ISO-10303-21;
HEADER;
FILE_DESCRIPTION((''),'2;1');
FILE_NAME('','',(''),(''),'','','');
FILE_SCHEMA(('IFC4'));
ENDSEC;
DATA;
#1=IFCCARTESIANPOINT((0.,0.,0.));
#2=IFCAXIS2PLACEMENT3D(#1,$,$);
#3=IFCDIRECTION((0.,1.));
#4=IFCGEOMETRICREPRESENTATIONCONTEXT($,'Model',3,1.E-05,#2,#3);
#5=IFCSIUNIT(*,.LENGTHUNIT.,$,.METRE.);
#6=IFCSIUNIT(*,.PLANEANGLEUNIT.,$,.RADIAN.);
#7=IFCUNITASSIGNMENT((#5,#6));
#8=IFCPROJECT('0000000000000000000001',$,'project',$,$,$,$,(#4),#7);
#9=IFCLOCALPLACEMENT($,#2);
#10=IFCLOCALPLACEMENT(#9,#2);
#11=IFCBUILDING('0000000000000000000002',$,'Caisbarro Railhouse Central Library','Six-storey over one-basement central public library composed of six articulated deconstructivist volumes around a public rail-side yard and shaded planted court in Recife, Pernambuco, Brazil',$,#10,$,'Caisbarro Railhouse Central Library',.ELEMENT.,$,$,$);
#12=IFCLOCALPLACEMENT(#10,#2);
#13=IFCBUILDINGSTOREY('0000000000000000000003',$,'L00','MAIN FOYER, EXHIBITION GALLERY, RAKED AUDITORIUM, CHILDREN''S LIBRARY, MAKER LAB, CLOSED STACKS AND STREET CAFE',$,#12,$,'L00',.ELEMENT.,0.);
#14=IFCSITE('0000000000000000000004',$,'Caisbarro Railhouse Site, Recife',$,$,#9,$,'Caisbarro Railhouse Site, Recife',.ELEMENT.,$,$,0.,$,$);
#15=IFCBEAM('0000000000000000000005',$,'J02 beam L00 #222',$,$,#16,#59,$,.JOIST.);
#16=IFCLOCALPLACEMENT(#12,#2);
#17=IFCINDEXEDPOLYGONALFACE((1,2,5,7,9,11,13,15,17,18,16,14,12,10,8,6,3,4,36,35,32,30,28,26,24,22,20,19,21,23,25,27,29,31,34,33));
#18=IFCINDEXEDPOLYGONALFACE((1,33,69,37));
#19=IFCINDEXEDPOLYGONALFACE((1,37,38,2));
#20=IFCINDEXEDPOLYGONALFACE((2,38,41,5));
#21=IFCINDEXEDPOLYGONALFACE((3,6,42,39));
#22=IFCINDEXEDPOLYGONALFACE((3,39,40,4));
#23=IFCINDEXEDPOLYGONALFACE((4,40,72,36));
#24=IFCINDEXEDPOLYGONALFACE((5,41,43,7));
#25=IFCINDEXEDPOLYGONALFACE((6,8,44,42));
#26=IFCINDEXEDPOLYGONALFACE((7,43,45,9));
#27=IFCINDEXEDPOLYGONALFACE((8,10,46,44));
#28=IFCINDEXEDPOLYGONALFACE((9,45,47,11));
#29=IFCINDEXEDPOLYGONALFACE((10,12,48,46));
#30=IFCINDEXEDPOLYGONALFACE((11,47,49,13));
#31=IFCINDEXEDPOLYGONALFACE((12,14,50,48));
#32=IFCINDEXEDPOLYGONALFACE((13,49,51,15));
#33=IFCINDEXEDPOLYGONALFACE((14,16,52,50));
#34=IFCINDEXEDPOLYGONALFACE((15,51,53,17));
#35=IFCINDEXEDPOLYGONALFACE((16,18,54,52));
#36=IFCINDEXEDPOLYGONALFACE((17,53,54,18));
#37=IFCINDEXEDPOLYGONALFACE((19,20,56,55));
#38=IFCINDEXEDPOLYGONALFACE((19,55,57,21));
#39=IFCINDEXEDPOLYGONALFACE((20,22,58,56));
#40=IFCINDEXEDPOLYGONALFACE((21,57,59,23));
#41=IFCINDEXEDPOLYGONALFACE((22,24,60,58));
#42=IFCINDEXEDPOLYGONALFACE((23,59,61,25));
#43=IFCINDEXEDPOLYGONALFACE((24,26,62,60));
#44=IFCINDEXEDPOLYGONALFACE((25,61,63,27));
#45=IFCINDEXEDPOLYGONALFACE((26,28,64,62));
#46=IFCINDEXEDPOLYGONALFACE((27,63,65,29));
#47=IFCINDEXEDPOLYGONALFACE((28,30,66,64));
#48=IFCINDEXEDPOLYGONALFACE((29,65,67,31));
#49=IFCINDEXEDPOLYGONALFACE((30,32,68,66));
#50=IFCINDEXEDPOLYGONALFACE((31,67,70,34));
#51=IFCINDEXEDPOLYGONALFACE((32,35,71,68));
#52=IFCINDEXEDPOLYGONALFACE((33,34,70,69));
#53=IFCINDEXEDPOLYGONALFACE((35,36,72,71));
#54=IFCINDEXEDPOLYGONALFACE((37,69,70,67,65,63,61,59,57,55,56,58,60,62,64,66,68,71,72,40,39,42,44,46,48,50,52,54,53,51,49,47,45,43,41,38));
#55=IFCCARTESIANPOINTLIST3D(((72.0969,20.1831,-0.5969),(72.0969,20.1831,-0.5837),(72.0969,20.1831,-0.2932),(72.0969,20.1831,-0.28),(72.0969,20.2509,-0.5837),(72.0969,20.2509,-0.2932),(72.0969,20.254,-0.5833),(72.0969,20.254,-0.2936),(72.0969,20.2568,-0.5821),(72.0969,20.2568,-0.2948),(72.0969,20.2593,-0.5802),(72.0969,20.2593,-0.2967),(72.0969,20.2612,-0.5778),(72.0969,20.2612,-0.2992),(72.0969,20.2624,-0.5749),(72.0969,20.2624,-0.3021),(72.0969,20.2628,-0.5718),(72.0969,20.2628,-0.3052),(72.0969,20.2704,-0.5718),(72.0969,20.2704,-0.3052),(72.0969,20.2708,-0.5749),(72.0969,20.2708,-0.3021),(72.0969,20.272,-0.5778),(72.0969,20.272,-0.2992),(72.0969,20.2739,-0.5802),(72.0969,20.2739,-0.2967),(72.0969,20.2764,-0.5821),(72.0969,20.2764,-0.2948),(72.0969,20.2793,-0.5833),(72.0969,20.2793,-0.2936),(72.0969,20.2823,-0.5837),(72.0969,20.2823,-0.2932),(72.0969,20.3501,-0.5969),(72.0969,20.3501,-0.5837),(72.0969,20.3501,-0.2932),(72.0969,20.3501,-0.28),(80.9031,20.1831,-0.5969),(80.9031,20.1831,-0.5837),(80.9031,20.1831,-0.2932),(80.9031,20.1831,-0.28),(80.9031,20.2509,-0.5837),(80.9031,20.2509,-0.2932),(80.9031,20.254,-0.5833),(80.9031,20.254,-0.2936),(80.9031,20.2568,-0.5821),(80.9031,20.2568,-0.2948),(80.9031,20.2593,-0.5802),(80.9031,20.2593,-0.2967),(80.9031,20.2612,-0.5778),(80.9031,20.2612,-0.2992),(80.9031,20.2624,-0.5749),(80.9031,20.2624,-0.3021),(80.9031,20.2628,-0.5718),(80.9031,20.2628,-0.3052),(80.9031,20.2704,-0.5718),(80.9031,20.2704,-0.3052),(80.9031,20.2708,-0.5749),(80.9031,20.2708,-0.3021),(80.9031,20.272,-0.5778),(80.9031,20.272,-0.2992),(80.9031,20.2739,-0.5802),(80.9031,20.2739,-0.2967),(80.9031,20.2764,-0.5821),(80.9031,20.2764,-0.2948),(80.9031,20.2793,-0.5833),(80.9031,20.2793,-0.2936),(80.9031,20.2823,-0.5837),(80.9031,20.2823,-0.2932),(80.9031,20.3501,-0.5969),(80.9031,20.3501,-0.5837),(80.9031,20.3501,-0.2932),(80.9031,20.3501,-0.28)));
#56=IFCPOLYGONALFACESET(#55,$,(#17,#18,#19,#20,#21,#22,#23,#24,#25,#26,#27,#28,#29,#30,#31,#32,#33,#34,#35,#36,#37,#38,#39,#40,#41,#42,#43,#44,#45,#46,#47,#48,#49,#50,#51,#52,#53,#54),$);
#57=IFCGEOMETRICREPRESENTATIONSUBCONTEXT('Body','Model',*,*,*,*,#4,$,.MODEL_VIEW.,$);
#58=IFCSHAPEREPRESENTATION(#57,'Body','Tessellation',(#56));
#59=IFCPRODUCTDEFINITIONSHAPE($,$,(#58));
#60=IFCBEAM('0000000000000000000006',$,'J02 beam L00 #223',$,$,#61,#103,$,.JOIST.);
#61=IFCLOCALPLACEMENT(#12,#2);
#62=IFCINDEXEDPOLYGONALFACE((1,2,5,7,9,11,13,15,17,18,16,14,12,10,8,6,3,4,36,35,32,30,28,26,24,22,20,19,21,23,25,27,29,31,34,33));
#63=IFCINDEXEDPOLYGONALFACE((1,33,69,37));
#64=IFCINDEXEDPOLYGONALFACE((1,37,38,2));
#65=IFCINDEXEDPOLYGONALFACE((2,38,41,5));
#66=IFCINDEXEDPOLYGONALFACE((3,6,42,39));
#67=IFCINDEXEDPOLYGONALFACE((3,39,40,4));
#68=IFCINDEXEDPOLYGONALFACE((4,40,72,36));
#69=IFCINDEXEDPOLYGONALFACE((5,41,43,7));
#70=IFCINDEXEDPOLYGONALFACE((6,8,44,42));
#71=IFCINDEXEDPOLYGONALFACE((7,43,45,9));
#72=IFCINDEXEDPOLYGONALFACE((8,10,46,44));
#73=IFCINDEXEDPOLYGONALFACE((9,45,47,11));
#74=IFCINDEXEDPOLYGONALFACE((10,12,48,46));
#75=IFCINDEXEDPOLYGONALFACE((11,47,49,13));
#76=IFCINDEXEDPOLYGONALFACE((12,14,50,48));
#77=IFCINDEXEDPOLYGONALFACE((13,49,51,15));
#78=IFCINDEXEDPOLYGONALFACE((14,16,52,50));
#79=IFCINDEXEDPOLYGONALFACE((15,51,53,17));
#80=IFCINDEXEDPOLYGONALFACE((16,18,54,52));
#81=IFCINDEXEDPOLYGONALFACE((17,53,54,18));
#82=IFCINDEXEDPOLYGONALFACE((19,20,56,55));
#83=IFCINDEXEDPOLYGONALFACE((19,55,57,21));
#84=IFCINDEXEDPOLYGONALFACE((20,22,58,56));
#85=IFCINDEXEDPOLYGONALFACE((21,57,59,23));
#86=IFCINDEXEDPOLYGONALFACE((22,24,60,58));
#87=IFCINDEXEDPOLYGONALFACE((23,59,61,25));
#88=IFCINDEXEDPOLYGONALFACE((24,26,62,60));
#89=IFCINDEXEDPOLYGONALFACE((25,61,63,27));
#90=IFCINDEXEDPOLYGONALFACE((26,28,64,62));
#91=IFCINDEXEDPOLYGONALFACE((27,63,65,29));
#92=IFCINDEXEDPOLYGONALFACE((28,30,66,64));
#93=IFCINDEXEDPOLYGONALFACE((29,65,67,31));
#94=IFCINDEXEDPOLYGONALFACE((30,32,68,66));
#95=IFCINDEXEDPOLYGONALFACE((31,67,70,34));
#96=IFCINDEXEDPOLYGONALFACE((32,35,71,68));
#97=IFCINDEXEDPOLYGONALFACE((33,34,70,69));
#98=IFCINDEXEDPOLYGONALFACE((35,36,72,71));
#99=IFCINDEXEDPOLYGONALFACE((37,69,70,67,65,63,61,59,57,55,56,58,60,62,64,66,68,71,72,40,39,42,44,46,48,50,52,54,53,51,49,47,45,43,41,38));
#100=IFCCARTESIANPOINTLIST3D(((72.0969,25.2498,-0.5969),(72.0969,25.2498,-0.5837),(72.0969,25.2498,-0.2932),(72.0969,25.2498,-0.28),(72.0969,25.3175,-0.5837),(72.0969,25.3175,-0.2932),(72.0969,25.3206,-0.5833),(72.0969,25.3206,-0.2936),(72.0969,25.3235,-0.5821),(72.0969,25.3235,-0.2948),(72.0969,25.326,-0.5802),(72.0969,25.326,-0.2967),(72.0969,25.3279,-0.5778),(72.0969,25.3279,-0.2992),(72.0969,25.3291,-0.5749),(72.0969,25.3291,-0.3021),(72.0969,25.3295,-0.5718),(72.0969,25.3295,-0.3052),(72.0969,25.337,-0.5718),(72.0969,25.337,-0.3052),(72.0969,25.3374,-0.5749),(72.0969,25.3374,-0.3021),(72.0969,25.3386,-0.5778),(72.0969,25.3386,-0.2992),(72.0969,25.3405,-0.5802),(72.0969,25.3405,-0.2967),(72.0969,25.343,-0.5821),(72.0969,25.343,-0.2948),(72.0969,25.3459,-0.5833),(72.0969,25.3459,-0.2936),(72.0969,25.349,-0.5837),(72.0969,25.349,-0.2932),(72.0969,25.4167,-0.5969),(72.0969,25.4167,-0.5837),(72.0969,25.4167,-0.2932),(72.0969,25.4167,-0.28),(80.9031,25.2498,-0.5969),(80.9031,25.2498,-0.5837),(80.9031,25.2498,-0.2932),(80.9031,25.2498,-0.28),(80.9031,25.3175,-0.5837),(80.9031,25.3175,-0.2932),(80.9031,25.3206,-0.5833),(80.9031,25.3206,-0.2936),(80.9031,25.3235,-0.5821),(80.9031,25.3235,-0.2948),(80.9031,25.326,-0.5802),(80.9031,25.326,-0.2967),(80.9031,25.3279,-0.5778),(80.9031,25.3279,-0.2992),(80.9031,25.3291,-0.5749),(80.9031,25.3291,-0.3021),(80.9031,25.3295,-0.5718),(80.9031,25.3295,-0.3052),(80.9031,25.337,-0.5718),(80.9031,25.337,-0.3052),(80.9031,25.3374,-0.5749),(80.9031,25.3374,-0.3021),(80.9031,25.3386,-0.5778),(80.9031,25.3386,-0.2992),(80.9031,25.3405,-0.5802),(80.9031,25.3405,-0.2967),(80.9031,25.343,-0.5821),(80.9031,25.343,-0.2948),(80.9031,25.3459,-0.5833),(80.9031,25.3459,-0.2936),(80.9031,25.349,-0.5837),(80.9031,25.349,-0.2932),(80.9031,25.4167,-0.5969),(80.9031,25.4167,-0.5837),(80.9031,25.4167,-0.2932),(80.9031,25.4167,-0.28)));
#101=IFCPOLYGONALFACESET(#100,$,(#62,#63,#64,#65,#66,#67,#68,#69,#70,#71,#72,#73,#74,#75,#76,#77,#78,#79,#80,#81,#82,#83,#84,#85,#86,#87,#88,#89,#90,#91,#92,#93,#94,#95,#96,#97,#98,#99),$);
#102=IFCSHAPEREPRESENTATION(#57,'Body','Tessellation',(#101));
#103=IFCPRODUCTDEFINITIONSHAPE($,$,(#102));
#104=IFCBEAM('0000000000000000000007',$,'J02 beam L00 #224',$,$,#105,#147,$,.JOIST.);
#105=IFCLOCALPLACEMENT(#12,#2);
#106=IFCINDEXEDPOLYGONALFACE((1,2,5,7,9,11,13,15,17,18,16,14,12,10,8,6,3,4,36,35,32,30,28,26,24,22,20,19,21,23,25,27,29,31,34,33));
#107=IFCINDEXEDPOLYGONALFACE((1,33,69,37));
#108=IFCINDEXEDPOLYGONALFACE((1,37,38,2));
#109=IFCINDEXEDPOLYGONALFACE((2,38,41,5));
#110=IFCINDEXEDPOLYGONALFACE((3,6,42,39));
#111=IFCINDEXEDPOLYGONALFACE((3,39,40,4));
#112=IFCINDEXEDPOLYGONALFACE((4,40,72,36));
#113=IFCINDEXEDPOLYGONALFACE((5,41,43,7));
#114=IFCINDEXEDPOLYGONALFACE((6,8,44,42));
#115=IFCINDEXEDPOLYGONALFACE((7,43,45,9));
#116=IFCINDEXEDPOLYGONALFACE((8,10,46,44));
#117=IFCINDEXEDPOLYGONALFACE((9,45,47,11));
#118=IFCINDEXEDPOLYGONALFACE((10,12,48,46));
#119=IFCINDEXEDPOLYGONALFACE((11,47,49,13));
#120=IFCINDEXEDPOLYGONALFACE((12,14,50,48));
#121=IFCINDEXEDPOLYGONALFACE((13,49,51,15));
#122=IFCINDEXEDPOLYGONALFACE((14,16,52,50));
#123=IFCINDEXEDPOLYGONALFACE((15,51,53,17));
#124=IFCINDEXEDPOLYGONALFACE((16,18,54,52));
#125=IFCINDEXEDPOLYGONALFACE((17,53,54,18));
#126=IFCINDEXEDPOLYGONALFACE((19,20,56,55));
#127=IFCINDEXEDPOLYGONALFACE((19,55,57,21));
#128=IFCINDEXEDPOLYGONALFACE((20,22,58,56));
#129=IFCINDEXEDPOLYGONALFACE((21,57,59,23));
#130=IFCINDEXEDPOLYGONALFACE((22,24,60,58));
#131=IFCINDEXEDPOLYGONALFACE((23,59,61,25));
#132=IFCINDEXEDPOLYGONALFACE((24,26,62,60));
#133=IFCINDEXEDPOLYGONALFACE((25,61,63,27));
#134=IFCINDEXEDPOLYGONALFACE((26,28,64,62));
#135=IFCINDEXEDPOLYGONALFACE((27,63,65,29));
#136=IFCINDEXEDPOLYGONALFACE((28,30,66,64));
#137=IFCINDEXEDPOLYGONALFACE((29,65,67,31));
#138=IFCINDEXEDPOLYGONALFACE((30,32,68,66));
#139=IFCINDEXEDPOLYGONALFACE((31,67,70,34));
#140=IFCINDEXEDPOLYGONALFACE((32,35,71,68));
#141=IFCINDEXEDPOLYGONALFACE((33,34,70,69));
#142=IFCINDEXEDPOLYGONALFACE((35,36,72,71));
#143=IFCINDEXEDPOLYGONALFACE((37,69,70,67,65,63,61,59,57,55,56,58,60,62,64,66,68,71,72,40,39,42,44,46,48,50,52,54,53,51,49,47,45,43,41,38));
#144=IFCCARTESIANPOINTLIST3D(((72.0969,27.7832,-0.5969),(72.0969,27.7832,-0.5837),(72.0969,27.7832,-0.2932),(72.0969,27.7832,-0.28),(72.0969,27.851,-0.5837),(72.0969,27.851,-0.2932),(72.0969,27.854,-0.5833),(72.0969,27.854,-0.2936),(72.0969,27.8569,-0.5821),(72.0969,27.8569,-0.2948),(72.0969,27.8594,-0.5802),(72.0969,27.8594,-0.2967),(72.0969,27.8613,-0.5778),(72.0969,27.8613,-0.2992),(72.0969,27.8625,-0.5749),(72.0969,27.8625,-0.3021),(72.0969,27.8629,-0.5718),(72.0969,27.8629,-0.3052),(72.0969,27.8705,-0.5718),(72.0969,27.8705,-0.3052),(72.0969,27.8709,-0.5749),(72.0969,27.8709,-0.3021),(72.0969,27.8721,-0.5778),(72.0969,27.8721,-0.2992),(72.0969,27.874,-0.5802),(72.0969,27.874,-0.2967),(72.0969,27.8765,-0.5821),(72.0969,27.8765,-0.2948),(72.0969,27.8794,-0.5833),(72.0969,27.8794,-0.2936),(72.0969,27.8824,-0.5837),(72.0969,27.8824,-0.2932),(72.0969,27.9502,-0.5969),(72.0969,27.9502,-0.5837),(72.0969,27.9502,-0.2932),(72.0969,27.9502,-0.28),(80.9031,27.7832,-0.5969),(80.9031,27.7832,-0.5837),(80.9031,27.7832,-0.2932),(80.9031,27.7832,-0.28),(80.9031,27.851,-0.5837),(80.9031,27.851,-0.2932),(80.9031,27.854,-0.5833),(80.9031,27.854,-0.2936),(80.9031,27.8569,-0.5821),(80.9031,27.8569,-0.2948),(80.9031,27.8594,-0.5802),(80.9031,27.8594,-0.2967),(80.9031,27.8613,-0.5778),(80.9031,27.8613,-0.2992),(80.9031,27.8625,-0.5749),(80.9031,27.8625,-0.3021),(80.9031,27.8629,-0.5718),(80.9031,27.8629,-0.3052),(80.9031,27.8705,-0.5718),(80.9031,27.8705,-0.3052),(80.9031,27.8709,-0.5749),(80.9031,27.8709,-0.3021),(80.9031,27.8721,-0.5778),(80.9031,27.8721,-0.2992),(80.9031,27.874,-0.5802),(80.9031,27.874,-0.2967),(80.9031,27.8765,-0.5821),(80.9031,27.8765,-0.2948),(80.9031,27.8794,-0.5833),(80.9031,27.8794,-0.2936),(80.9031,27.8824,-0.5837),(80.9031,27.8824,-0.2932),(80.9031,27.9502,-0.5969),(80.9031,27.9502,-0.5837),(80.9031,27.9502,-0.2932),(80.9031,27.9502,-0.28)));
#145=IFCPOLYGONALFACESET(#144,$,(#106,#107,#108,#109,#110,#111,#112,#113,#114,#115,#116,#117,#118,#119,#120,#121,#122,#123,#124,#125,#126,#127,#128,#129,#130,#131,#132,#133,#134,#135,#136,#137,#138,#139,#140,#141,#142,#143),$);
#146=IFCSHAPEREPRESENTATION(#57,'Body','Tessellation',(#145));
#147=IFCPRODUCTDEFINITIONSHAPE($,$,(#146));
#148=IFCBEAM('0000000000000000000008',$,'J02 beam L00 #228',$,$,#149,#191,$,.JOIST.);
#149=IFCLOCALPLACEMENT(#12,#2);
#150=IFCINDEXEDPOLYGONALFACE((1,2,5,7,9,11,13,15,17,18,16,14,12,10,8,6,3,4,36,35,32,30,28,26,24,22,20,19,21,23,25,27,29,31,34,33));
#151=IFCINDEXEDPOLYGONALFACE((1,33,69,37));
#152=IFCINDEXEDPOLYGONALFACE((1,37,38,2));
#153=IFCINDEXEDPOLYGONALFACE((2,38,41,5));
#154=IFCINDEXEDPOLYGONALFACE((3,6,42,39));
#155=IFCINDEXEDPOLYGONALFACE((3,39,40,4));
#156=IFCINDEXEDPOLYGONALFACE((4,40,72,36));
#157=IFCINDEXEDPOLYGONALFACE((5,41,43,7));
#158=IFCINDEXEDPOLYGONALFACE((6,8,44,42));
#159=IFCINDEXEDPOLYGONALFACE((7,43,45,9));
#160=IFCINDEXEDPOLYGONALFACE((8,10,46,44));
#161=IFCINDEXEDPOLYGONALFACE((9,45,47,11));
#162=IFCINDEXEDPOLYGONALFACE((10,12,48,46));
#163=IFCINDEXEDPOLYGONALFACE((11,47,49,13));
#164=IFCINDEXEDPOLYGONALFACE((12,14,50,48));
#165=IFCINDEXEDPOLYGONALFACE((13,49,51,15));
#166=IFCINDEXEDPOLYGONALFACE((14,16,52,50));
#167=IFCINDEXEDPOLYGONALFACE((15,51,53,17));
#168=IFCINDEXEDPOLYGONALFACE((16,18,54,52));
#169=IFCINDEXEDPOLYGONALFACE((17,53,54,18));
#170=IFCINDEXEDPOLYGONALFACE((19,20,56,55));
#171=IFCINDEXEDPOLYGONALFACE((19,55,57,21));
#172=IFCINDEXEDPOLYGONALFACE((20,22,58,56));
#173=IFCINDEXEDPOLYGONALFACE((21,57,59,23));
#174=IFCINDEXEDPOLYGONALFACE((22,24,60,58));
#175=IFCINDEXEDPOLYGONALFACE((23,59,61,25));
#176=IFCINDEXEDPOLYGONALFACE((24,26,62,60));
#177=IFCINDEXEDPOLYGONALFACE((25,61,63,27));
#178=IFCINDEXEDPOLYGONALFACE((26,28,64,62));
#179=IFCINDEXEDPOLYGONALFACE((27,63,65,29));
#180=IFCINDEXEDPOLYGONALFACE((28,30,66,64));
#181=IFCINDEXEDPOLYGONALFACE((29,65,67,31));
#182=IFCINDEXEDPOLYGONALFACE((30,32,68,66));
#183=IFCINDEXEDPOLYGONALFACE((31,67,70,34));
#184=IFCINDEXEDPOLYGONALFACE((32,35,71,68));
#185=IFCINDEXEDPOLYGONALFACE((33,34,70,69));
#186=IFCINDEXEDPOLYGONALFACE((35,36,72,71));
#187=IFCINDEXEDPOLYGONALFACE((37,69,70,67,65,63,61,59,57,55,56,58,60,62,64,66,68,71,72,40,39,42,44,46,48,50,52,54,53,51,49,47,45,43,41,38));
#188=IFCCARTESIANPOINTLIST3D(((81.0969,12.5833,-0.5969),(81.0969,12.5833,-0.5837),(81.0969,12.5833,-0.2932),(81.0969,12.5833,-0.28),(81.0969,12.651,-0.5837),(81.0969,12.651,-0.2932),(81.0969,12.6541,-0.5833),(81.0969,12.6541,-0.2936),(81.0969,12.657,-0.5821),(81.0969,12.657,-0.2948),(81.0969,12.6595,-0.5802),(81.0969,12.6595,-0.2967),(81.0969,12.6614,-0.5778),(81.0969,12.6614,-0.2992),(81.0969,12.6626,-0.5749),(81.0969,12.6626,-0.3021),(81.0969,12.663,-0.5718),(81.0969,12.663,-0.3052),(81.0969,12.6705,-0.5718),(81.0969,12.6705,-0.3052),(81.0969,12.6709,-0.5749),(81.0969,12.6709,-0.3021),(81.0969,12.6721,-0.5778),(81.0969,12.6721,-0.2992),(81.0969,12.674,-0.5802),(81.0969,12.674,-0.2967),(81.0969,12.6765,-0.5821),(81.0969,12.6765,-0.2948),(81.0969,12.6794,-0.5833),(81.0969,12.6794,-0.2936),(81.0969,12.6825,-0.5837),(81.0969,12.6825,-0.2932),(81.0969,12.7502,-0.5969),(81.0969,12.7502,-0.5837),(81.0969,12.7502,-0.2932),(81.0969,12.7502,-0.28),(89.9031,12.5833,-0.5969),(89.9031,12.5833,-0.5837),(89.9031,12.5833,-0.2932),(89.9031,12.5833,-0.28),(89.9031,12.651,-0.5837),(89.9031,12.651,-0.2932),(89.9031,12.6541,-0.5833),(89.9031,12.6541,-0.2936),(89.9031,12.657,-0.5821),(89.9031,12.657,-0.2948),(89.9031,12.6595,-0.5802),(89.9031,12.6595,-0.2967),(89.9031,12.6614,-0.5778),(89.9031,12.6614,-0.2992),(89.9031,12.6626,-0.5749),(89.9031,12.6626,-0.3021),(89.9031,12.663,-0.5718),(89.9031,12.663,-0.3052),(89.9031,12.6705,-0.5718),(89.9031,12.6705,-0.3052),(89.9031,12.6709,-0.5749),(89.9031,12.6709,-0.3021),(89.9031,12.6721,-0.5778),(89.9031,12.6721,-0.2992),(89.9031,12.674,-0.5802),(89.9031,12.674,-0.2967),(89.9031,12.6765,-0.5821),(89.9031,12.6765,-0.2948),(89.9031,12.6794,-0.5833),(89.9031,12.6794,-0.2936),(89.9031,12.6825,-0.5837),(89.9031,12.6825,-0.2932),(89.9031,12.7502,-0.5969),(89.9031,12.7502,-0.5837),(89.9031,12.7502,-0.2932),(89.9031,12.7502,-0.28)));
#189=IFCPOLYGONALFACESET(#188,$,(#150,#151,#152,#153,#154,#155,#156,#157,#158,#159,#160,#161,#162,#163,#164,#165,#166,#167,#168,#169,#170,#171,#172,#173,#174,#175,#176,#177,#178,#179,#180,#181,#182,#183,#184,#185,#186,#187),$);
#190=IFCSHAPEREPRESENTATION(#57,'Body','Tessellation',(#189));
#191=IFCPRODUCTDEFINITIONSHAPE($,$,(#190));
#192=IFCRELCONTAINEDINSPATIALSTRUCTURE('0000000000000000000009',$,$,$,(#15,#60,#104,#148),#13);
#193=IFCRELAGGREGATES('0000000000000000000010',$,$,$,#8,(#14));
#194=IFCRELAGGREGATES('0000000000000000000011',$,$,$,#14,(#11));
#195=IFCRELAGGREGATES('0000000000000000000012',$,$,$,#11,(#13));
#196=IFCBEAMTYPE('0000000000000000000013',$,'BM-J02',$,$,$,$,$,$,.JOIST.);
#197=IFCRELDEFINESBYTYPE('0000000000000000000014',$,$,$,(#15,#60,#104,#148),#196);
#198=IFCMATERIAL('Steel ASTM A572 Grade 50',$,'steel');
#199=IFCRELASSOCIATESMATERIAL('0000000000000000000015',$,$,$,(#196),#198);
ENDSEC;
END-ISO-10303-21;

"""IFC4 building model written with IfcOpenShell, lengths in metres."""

from ifc_helpers import new_model, si_unit, direction, frame, origin, origin_2d, place, context, subcontext, project, spatial, i_section, extrude, material, material_profile, profile_set, type_object, element, save


model = new_model("IFC4")

# Units and contexts
model_context = context("Model", 3, precision=1e-05, world=origin(), true_north=direction((0.0, 1.0)))
body_context = subcontext(model_context, "Body", "Model", "MODEL_VIEW")
ifc_project = project(units=[si_unit("LENGTHUNIT", "METRE"), si_unit("PLANEANGLEUNIT", "RADIAN")], contexts=[model_context])

# Site, building, storey
site_placement = place(None, origin())
site = spatial("IfcSite", under=ifc_project, at=site_placement, Name="Caisbarro Railhouse Site, Recife", LongName="Caisbarro Railhouse Site, Recife", CompositionType="ELEMENT", RefElevation=0.0)
building_placement = place(site_placement, origin())
building = spatial("IfcBuilding", under=site, at=building_placement, Name="Caisbarro Railhouse Central Library", Description="Six-storey over one-basement central public library composed of six articulated deconstructivist volumes around a public rail-side yard and shaded planted court in Recife, Pernambuco, Brazil", LongName="Caisbarro Railhouse Central Library", CompositionType="ELEMENT")
storey_placement = place(building_placement, origin())
storey = spatial("IfcBuildingStorey", under=building, at=storey_placement, Name="L00", Description="MAIN FOYER, EXHIBITION GALLERY, RAKED AUDITORIUM, CHILDREN'S LIBRARY, MAKER LAB, CLOSED STACKS AND STREET CAFE", LongName="L00", CompositionType="ELEMENT", Elevation=0.0)

# Shared definitions
ifc_material_1 = material(Name="Steel ASTM A572 Grade 50", Category="steel")

# Beams
ifc_material_profile_1 = material_profile(ifc_material_1, i_section(OverallWidth=0.167, OverallDepth=0.3169, WebThickness=0.0076, FlangeThickness=0.0132, FilletRadius=0.012, at=origin_2d()), Name="W310X52.0")
ifc_profile_set_1 = profile_set([ifc_material_profile_1], Name="Steel ASTM A572 Grade 50")
beam_type_1 = type_object("IfcBeamType", Name="BM-J02", PredefinedType="JOIST", material=ifc_profile_set_1)
for number, where, z_axis, x_axis, name in (
    (1, (72.0969, 20.2666, -0.4385), (1.0, 0.0, 0.0), (0.0, 1.0, 0.0), "J02 beam L00 #222"),
    (2, (72.0969, 25.3333, -0.4385), (1.0, 0.0, 0.0), (0.0, 1.0, 0.0), "J02 beam L00 #223"),
    (3, (72.0969, 27.8667, -0.4385), (1.0, 0.0, 0.0), (0.0, 1.0, 0.0), "J02 beam L00 #224"),
    (4, (81.0969, 12.6667, -0.4385), (1.0, 0.0, 0.0), (0.0, 1.0, 0.0), "J02 beam L00 #228"),
):
    element("IfcBeam", number, at=place(storey_placement, frame(where, z_axis=z_axis, x_axis=x_axis)), inside=storey, type_object=beam_type_1, Name=name, PredefinedType="JOIST", context=body_context, shape_type="SweptSolid", body=[
        extrude(i_section(OverallWidth=0.167, OverallDepth=0.3169, WebThickness=0.0076, FlangeThickness=0.0132, FilletRadius=0.012, at=origin_2d()), origin(), (0.0, 0.0, 1.0), 8.8062),
    ])

save(model, "model.ifc")
